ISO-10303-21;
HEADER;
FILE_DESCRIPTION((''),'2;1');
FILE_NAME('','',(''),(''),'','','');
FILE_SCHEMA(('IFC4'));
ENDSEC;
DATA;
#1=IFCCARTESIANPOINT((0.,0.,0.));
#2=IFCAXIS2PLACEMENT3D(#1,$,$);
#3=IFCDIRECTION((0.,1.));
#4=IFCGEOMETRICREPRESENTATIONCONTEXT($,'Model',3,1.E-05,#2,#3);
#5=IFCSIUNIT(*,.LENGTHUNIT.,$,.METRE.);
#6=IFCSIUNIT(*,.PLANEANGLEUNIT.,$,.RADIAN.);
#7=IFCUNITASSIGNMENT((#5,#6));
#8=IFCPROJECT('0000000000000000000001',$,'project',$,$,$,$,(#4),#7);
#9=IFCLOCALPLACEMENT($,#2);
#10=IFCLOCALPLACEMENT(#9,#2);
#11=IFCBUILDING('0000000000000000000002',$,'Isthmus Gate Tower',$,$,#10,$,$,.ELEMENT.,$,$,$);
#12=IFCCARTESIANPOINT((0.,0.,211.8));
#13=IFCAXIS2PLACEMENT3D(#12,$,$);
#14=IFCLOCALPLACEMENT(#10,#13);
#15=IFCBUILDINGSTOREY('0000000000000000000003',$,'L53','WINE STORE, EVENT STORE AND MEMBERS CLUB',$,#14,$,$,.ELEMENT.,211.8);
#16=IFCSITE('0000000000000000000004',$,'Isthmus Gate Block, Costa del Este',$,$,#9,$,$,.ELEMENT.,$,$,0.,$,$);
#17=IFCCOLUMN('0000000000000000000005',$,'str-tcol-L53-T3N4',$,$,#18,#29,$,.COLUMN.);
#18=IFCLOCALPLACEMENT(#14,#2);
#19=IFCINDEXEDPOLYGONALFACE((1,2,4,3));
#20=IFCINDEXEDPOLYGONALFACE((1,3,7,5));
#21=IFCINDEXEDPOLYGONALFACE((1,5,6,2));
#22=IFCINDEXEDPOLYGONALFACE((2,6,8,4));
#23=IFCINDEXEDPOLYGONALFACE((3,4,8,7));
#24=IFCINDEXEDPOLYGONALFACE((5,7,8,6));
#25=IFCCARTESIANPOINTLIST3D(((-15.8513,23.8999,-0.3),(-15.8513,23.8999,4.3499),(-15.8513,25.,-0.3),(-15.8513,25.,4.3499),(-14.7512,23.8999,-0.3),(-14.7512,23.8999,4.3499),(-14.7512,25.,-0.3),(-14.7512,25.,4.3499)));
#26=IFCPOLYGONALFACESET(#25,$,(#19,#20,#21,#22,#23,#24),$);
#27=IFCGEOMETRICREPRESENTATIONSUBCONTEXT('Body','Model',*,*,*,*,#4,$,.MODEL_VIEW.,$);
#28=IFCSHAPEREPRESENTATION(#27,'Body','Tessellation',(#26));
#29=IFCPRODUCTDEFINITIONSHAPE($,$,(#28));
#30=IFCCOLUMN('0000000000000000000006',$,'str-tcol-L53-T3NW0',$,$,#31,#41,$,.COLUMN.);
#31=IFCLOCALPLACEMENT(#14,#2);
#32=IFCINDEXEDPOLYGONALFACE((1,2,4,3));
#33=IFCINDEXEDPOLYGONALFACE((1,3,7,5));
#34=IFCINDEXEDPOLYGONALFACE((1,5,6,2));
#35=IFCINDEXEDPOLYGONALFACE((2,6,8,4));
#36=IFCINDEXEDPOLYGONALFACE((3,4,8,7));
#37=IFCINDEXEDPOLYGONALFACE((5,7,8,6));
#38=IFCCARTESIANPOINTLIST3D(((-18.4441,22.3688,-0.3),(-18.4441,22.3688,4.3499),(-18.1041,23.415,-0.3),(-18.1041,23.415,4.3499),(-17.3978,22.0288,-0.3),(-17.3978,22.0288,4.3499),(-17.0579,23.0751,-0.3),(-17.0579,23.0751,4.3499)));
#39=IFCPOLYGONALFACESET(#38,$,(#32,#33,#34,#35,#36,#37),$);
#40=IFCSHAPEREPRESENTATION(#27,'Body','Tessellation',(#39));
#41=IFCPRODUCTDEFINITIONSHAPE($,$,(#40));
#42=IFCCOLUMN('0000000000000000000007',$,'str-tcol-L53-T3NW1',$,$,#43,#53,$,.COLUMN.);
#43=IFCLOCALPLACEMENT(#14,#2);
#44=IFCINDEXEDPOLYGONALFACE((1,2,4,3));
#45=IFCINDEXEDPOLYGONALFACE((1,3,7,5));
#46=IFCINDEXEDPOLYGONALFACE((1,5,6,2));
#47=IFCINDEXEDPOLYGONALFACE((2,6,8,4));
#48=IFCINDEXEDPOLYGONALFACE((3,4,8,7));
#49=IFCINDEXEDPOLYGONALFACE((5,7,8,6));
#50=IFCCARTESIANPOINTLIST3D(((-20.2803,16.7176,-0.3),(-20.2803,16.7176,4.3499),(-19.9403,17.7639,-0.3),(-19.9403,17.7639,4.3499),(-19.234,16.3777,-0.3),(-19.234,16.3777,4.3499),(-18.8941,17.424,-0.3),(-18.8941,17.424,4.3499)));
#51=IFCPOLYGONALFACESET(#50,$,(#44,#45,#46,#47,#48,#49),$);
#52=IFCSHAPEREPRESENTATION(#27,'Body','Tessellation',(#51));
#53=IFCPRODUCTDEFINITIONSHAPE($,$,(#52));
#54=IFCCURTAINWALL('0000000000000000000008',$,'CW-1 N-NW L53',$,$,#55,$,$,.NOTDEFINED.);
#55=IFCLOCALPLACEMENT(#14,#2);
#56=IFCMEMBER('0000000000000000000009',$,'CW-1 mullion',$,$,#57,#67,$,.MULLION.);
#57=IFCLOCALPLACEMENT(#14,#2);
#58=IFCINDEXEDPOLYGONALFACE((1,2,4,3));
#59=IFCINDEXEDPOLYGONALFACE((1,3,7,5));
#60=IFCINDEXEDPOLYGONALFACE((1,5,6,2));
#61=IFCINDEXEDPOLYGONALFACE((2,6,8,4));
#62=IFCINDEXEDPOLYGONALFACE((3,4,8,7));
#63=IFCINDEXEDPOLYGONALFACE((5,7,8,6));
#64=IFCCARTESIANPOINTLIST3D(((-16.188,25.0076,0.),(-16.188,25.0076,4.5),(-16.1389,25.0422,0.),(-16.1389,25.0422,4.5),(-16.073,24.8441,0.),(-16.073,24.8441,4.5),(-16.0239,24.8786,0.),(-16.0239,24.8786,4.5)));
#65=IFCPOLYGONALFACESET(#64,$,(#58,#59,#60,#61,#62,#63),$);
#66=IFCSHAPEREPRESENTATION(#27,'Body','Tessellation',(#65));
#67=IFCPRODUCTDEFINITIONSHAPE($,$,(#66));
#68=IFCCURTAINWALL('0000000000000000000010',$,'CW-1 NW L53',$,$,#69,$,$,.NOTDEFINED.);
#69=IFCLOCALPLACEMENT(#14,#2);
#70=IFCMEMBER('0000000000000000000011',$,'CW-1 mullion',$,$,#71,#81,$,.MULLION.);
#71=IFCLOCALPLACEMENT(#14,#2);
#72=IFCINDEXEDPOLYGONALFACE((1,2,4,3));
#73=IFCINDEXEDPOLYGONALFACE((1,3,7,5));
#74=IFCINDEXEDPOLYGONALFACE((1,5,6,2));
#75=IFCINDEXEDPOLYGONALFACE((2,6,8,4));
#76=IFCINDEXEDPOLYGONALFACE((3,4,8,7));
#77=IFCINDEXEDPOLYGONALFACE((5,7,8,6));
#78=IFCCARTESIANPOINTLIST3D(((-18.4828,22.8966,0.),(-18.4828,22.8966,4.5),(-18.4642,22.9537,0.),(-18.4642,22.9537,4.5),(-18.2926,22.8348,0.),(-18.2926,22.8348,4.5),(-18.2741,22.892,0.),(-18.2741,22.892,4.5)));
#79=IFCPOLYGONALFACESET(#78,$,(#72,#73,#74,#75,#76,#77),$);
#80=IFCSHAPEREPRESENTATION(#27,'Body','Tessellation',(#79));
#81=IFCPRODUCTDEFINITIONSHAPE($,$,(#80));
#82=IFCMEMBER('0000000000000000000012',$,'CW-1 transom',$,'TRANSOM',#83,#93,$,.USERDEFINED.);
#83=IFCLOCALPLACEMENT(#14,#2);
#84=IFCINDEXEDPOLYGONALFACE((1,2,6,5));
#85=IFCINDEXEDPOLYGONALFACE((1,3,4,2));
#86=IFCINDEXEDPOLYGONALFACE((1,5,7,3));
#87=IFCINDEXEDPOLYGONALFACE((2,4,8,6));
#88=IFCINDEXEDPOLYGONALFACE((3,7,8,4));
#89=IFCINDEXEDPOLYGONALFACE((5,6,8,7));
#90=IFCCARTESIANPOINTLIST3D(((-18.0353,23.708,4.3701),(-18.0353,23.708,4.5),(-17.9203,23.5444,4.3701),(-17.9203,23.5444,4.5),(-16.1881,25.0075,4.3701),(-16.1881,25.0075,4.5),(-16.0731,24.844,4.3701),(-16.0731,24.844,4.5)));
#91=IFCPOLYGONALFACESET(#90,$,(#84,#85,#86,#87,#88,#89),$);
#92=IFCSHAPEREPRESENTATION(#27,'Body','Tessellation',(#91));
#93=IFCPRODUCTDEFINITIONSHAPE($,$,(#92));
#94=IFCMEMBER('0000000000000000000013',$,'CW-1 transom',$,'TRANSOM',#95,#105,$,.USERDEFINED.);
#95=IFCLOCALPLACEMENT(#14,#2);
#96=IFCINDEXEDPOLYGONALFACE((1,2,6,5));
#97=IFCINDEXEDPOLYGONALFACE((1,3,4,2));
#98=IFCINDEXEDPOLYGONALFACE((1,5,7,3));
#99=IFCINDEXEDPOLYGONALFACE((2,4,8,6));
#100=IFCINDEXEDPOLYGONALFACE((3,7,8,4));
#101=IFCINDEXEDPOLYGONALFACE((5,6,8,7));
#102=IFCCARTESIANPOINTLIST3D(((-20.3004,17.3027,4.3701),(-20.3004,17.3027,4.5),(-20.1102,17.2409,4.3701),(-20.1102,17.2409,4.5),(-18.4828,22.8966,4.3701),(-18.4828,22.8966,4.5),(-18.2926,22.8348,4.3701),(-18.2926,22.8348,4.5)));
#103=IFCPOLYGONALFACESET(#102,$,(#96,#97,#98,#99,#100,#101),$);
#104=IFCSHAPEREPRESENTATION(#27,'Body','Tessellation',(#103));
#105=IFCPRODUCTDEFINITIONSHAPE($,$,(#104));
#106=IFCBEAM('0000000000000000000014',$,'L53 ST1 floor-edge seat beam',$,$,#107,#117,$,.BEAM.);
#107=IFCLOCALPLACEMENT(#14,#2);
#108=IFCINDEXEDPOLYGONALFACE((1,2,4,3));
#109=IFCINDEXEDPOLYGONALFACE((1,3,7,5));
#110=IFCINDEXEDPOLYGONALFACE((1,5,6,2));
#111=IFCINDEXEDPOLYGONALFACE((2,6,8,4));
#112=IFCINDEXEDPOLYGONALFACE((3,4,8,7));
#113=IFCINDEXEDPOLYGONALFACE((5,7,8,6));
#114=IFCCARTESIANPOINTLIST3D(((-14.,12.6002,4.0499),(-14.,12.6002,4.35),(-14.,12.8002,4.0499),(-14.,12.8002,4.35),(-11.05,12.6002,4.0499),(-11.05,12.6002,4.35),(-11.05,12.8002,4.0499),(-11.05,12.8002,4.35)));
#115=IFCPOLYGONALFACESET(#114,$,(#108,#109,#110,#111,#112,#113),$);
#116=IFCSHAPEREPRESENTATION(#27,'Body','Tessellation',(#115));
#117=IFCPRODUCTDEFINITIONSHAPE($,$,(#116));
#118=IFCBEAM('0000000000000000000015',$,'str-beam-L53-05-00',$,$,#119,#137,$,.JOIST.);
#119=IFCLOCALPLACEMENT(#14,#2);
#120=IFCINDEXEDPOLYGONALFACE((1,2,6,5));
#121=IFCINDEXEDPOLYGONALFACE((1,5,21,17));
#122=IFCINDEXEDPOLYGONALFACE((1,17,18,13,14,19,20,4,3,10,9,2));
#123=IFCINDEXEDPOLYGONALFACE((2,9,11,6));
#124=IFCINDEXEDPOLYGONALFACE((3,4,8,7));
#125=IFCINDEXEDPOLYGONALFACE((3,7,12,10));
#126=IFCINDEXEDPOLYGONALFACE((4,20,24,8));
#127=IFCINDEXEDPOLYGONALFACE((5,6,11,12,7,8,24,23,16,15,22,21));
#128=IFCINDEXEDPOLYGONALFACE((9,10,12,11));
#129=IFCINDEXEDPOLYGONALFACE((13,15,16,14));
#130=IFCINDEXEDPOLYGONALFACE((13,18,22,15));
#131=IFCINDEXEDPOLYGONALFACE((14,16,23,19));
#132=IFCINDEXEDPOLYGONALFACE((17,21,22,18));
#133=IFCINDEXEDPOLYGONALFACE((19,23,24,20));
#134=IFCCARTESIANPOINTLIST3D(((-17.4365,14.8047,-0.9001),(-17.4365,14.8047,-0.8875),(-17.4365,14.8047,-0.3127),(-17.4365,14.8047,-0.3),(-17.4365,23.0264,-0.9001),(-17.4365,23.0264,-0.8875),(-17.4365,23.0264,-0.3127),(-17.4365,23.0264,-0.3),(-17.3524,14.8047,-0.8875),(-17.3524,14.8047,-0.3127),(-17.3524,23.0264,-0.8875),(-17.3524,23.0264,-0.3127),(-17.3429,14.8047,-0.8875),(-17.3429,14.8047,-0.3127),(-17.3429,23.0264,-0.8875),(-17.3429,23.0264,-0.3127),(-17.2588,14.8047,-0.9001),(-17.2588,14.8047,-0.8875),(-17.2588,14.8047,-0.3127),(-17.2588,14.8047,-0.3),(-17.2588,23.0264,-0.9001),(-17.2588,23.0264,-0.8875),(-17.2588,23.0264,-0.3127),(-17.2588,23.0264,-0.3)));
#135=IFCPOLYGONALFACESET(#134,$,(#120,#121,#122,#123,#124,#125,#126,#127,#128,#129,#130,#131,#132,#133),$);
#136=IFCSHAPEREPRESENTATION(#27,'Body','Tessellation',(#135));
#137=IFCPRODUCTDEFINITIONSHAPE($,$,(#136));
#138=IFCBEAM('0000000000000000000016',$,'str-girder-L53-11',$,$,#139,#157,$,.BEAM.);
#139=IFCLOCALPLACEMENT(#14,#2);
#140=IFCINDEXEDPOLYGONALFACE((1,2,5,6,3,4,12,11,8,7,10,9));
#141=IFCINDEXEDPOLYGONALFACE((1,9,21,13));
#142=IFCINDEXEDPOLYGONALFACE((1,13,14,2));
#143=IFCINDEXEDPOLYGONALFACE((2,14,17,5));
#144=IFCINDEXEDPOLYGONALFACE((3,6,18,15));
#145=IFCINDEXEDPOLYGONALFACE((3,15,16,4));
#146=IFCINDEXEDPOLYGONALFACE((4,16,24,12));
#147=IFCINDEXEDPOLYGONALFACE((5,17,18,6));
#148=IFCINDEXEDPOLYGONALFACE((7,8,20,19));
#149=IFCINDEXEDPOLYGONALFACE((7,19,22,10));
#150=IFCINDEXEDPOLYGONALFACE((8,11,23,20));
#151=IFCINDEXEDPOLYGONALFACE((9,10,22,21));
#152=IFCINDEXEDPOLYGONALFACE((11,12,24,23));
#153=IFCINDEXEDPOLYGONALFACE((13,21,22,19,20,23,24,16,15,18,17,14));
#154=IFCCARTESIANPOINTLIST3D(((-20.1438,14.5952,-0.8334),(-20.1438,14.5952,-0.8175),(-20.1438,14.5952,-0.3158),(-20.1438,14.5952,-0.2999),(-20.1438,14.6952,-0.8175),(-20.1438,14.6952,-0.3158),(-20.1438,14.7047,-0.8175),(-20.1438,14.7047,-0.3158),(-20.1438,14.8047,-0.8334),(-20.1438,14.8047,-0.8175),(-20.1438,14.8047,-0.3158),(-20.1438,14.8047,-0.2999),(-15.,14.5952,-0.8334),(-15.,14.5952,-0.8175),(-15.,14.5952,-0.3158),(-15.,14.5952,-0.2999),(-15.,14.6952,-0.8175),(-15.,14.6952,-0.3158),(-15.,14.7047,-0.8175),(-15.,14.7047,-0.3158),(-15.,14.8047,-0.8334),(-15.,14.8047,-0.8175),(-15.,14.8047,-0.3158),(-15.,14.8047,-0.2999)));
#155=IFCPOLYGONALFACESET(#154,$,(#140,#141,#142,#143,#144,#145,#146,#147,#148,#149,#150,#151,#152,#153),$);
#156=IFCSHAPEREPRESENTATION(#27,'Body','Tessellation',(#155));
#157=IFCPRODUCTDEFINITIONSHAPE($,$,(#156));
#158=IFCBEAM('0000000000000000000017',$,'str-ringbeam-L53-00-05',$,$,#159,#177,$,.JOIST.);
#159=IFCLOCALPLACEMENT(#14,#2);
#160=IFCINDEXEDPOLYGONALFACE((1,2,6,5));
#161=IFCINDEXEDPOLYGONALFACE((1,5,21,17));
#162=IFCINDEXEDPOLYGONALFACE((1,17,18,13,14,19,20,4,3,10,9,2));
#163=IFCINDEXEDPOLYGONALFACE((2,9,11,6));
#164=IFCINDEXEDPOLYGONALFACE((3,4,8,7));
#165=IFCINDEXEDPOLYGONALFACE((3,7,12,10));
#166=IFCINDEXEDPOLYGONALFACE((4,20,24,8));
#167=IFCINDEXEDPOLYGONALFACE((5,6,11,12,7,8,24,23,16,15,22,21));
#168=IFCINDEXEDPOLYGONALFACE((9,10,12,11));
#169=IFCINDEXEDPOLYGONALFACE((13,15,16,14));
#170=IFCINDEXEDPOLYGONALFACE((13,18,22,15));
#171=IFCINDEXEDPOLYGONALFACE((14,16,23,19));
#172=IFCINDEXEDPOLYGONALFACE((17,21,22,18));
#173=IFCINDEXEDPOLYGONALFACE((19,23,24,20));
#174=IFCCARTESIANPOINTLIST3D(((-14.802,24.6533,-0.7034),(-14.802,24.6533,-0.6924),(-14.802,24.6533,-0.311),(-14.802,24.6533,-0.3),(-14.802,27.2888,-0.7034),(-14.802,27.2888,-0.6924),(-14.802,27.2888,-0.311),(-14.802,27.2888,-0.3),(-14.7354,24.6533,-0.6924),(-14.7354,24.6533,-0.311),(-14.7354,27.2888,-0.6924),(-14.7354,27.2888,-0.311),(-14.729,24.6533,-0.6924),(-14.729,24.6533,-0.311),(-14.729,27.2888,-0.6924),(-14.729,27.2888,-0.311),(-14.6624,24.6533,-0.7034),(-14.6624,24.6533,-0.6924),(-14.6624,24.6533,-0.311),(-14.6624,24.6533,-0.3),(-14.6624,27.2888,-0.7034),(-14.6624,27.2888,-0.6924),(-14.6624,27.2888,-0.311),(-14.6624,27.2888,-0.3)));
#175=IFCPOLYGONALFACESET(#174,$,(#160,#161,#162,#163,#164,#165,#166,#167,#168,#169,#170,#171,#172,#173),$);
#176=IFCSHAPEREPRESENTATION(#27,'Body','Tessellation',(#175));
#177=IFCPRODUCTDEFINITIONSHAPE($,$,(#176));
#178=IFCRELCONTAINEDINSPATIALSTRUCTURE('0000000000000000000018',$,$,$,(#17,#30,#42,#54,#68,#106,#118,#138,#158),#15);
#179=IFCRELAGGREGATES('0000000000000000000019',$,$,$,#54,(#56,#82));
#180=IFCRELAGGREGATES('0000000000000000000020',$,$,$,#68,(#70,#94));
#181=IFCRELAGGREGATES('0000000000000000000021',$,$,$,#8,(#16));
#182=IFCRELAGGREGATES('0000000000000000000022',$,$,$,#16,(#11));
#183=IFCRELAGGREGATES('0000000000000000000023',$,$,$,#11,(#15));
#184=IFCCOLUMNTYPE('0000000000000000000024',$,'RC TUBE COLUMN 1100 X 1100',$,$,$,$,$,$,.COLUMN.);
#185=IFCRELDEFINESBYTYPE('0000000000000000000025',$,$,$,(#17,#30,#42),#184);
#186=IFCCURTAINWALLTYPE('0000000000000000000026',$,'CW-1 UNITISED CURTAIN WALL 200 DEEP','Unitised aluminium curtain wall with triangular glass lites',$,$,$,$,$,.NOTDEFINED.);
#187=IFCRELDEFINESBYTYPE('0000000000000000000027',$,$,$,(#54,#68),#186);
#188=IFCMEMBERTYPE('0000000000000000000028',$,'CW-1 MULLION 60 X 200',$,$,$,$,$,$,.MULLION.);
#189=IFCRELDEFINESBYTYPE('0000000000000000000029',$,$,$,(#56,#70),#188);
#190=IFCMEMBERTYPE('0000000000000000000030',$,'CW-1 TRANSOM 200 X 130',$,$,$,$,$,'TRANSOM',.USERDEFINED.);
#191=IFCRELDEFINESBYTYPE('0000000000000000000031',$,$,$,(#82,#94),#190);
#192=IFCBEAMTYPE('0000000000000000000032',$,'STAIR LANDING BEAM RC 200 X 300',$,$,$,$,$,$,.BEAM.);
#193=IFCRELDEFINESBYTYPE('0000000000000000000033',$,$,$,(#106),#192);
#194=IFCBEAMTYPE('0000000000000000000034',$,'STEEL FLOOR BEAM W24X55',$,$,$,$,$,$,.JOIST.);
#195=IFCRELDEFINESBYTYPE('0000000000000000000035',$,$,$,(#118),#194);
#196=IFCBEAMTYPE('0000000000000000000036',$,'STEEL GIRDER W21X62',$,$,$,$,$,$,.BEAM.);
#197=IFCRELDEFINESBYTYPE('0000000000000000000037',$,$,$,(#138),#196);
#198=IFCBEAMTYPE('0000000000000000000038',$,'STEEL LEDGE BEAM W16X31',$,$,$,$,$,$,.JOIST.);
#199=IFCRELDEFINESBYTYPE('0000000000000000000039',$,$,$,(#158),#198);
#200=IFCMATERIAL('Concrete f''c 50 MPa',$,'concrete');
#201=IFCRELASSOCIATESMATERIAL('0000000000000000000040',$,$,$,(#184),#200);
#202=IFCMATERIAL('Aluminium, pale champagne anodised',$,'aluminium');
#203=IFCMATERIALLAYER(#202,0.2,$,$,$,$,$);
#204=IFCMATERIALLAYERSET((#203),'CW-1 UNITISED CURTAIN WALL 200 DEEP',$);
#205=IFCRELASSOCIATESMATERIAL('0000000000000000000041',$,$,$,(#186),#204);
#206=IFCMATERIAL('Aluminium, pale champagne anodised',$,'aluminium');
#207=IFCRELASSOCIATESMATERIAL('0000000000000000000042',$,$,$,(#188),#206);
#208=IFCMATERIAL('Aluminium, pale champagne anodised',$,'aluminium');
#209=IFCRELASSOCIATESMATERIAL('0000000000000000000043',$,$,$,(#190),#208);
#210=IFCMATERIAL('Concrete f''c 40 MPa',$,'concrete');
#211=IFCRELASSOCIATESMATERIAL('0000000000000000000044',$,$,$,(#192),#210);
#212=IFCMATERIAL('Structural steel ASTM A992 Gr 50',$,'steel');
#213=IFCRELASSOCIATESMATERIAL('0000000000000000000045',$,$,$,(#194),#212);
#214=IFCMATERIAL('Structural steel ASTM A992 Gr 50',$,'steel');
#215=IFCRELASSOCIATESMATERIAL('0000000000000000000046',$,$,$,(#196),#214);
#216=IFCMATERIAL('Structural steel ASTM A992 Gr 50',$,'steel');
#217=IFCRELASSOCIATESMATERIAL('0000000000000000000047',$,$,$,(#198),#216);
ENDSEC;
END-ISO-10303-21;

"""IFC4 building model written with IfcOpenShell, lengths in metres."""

from ifc_helpers import new_model, si_unit, direction, frame, origin, origin_2d, place, context, subcontext, project, spatial, rectangle, i_section, extrude, material, layer, layer_set, material_profile, profile_set, type_object, element, aggregate, save


model = new_model("IFC4")

# Units and contexts
model_context = context("Model", 3, precision=1e-05, world=origin(), true_north=direction((0.0, 1.0)))
body_context = subcontext(model_context, "Body", "Model", "MODEL_VIEW")
ifc_project = project(units=[si_unit("LENGTHUNIT", "METRE"), si_unit("PLANEANGLEUNIT", "RADIAN")], contexts=[model_context])

# Site, building, storey
site_placement = place(None, origin())
site = spatial("IfcSite", under=ifc_project, at=site_placement, Name="Isthmus Gate Block, Costa del Este", CompositionType="ELEMENT", RefElevation=0.0)
building_placement = place(site_placement, origin())
building = spatial("IfcBuilding", under=site, at=building_placement, Name="Isthmus Gate Tower", CompositionType="ELEMENT")
storey_placement = place(building_placement, frame((0.0, 0.0, 211.8)))
storey = spatial("IfcBuildingStorey", under=building, at=storey_placement, Name="L53", Description="WINE STORE, EVENT STORE AND MEMBERS CLUB", CompositionType="ELEMENT", Elevation=211.8)

# Columns
ifc_material_1 = material(Name="Concrete f'c 50 MPa", Category="concrete")
ifc_material_profile_1 = material_profile(ifc_material_1, rectangle(XDim=1.1001, YDim=1.1001, at=origin_2d()), Name="RC 1100X1100")
ifc_profile_set_1 = profile_set([ifc_material_profile_1], Name="Concrete f'c 50 MPa")
column_type = type_object("IfcColumnType", Name="RC TUBE COLUMN 1100 X 1100", PredefinedType="COLUMN", material=ifc_profile_set_1)
for number, where, z_axis, x_axis, name in (
    (1, (-15.3013, 24.45, -0.3), (0.0, 0.0, 1.0), (-1.0, 0.0, 0.0), "str-tcol-L53-T3N4"),
    (2, (-17.751, 22.7219, -0.3), (0.0, 0.0, 1.0), (-0.309017, -0.951057, 0.0), "str-tcol-L53-T3NW0"),
    (3, (-19.5872, 17.0708, -0.3), (0.0, 0.0, 1.0), (-0.309017, -0.951057, 0.0), "str-tcol-L53-T3NW1"),
):
    element("IfcColumn", number, at=place(storey_placement, frame(where, z_axis=z_axis, x_axis=x_axis)), inside=storey, type_object=column_type, Name=name, PredefinedType="COLUMN", context=body_context, shape_type="SweptSolid", body=[
        extrude(rectangle(XDim=1.1001, YDim=1.1001, at=origin_2d()), origin(), (0.0, 0.0, 1.0), 4.6499),
    ])

# Curtain walls, members
ifc_material_2 = material(Name="Aluminium, pale champagne anodised", Category="aluminium")
ifc_layer_1 = layer(ifc_material_2, 0.2)
ifc_layer_set_1 = layer_set([ifc_layer_1], Name="CW-1 UNITISED CURTAIN WALL 200 DEEP")
curtain_wall_type = type_object("IfcCurtainWallType", Name="CW-1 UNITISED CURTAIN WALL 200 DEEP", Description="Unitised aluminium curtain wall with triangular glass lites", PredefinedType="NOTDEFINED", material=ifc_layer_set_1)
curtain_wall_1_placement = place(storey_placement, origin())
curtain_wall_1 = element("IfcCurtainWall", 4, at=curtain_wall_1_placement, inside=storey, type_object=curtain_wall_type, Name="CW-1 N-NW L53", PredefinedType="NOTDEFINED")
ifc_material_3 = material(Name="Aluminium, pale champagne anodised", Category="aluminium")
ifc_material_profile_2 = material_profile(ifc_material_3, rectangle(XDim=0.0601, YDim=0.2, at=origin_2d()), Name="60x200")
ifc_profile_set_2 = profile_set([ifc_material_profile_2], Name="Aluminium, pale champagne anodised")
member_type_1 = type_object("IfcMemberType", Name="CW-1 MULLION 60 X 200", PredefinedType="MULLION", material=ifc_profile_set_2)
member_1_placement = place(storey_placement, frame((-16.106, 24.9431, 0.0), z_axis=(0.0, 0.0, 1.0), x_axis=(-0.81786, -0.575418, 0.0)))
member_1 = element("IfcMember", 5, at=member_1_placement, type_object=member_type_1, Name="CW-1 mullion", PredefinedType="MULLION", context=body_context, shape_type="SweptSolid", body=[
    extrude(rectangle(XDim=0.0601, YDim=0.2, at=origin_2d()), origin(), (0.0, 0.0, 1.0), 4.5),
])
curtain_wall_2_placement = place(storey_placement, origin())
curtain_wall_2 = element("IfcCurtainWall", 6, at=curtain_wall_2_placement, inside=storey, type_object=curtain_wall_type, Name="CW-1 NW L53", PredefinedType="NOTDEFINED")
member_2_placement = place(storey_placement, frame((-18.3784, 22.8943, 0.0), z_axis=(0.0, 0.0, 1.0), x_axis=(-0.309017, -0.951057, 0.0)))
member_2 = element("IfcMember", 7, at=member_2_placement, type_object=member_type_1, Name="CW-1 mullion", PredefinedType="MULLION", context=body_context, shape_type="SweptSolid", body=[
    extrude(rectangle(XDim=0.0601, YDim=0.2, at=origin_2d()), origin(), (0.0, 0.0, 1.0), 4.5),
])

# Members
ifc_material_4 = material(Name="Aluminium, pale champagne anodised", Category="aluminium")
ifc_material_profile_3 = material_profile(ifc_material_4, rectangle(XDim=0.2, YDim=0.1299, at=origin_2d()), Name="200x130")
ifc_profile_set_3 = profile_set([ifc_material_profile_3], Name="Aluminium, pale champagne anodised")
member_type_2 = type_object("IfcMemberType", Name="CW-1 TRANSOM 200 X 130", ElementType="TRANSOM", PredefinedType="USERDEFINED", material=ifc_profile_set_3)
member_3_placement = place(storey_placement, frame((-16.1306, 24.9258, 4.4351), z_axis=(-0.817869, -0.575405, 0.0), x_axis=(0.575405, -0.817869, 0.0)))
member_3 = element("IfcMember", 8, at=member_3_placement, type_object=member_type_2, Name="CW-1 transom", ObjectType="TRANSOM", PredefinedType="USERDEFINED", context=body_context, shape_type="SweptSolid", body=[
    extrude(rectangle(XDim=0.2, YDim=0.1299, at=origin_2d()), origin(), (0.0, 0.0, 1.0), 2.2585),
])
member_4_placement = place(storey_placement, frame((-18.3877, 22.8657, 4.4351), z_axis=(-0.309021, -0.951055, 0.0), x_axis=(0.951055, -0.309021, 0.0)))
member_4 = element("IfcMember", 9, at=member_4_placement, type_object=member_type_2, Name="CW-1 transom", ObjectType="TRANSOM", PredefinedType="USERDEFINED", context=body_context, shape_type="SweptSolid", body=[
    extrude(rectangle(XDim=0.2, YDim=0.1299, at=origin_2d()), origin(), (0.0, 0.0, 1.0), 5.8818),
])

# Beams
ifc_material_5 = material(Name="Concrete f'c 40 MPa", Category="concrete")
ifc_material_profile_4 = material_profile(ifc_material_5, rectangle(XDim=0.2, YDim=0.3, at=origin_2d()), Name="STAIR LANDING BEAM RC 200 X 300")
ifc_profile_set_4 = profile_set([ifc_material_profile_4], Name="Concrete f'c 40 MPa")
beam_type_1 = type_object("IfcBeamType", Name="STAIR LANDING BEAM RC 200 X 300", PredefinedType="BEAM", material=ifc_profile_set_4)
beam_1_placement = place(storey_placement, frame((-14.0, 12.7002, 4.2), z_axis=(1.0, 0.0, 0.0), x_axis=(0.0, 1.0, 0.0)))
element("IfcBeam", 10, at=beam_1_placement, inside=storey, type_object=beam_type_1, Name="L53 ST1 floor-edge seat beam", PredefinedType="BEAM", context=body_context, shape_type="SweptSolid", body=[
    extrude(rectangle(XDim=0.2, YDim=0.3, at=origin_2d()), origin(), (0.0, 0.0, 1.0), 2.95),
])
ifc_material_6 = material(Name="Structural steel ASTM A992 Gr 50", Category="steel")
ifc_material_profile_5 = material_profile(ifc_material_6, i_section(OverallWidth=0.1777, OverallDepth=0.6001, WebThickness=0.0095, FlangeThickness=0.0127, at=origin_2d()), Name="W24X55")
ifc_profile_set_5 = profile_set([ifc_material_profile_5], Name="Structural steel ASTM A992 Gr 50")
beam_type_2 = type_object("IfcBeamType", Name="STEEL FLOOR BEAM W24X55", PredefinedType="JOIST", material=ifc_profile_set_5)
beam_2_placement = place(storey_placement, frame((-17.3477, 14.8047, -0.6001), z_axis=(0.0, 1.0, 0.0), x_axis=(-1.0, 0.0, 0.0)))
element("IfcBeam", 11, at=beam_2_placement, inside=storey, type_object=beam_type_2, Name="str-beam-L53-05-00", PredefinedType="JOIST", context=body_context, shape_type="SweptSolid", body=[
    extrude(i_section(OverallWidth=0.1777, OverallDepth=0.6001, WebThickness=0.0095, FlangeThickness=0.0127, at=origin_2d()), origin(), (0.0, 0.0, 1.0), 8.2217),
])
ifc_material_7 = material(Name="Structural steel ASTM A992 Gr 50", Category="steel")
ifc_material_profile_6 = material_profile(ifc_material_7, i_section(OverallWidth=0.2095, OverallDepth=0.5334, WebThickness=0.0095, FlangeThickness=0.0159, at=origin_2d()), Name="W21X62")
ifc_profile_set_6 = profile_set([ifc_material_profile_6], Name="Structural steel ASTM A992 Gr 50")
beam_type_3 = type_object("IfcBeamType", Name="STEEL GIRDER W21X62", PredefinedType="BEAM", material=ifc_profile_set_6)
beam_3_placement = place(storey_placement, frame((-15.0, 14.7, -0.5667), z_axis=(-1.0, 0.0, 0.0), x_axis=(0.0, -1.0, 0.0)))
element("IfcBeam", 12, at=beam_3_placement, inside=storey, type_object=beam_type_3, Name="str-girder-L53-11", PredefinedType="BEAM", context=body_context, shape_type="SweptSolid", body=[
    extrude(i_section(OverallWidth=0.2095, OverallDepth=0.5334, WebThickness=0.0095, FlangeThickness=0.0159, at=origin_2d()), origin(), (0.0, 0.0, 1.0), 5.1438),
])
ifc_material_8 = material(Name="Structural steel ASTM A992 Gr 50", Category="steel")
ifc_material_profile_7 = material_profile(ifc_material_8, i_section(OverallWidth=0.1396, OverallDepth=0.4033, WebThickness=0.0063, FlangeThickness=0.011, at=origin_2d()), Name="W16X31")
ifc_profile_set_7 = profile_set([ifc_material_profile_7], Name="Structural steel ASTM A992 Gr 50")
beam_type_4 = type_object("IfcBeamType", Name="STEEL LEDGE BEAM W16X31", PredefinedType="JOIST", material=ifc_profile_set_7)
beam_4_placement = place(storey_placement, frame((-14.7322, 24.6533, -0.5017), z_axis=(0.0, 1.0, 0.0), x_axis=(-1.0, 0.0, 0.0)))
element("IfcBeam", 13, at=beam_4_placement, inside=storey, type_object=beam_type_4, Name="str-ringbeam-L53-00-05", PredefinedType="JOIST", context=body_context, shape_type="SweptSolid", body=[
    extrude(i_section(OverallWidth=0.1396, OverallDepth=0.4033, WebThickness=0.0063, FlangeThickness=0.011, at=origin_2d()), origin(), (0.0, 0.0, 1.0), 2.6355),
])

aggregate(curtain_wall_1, [member_1, member_3])

aggregate(curtain_wall_2, [member_2, member_4])

save(model, "model.ifc")
